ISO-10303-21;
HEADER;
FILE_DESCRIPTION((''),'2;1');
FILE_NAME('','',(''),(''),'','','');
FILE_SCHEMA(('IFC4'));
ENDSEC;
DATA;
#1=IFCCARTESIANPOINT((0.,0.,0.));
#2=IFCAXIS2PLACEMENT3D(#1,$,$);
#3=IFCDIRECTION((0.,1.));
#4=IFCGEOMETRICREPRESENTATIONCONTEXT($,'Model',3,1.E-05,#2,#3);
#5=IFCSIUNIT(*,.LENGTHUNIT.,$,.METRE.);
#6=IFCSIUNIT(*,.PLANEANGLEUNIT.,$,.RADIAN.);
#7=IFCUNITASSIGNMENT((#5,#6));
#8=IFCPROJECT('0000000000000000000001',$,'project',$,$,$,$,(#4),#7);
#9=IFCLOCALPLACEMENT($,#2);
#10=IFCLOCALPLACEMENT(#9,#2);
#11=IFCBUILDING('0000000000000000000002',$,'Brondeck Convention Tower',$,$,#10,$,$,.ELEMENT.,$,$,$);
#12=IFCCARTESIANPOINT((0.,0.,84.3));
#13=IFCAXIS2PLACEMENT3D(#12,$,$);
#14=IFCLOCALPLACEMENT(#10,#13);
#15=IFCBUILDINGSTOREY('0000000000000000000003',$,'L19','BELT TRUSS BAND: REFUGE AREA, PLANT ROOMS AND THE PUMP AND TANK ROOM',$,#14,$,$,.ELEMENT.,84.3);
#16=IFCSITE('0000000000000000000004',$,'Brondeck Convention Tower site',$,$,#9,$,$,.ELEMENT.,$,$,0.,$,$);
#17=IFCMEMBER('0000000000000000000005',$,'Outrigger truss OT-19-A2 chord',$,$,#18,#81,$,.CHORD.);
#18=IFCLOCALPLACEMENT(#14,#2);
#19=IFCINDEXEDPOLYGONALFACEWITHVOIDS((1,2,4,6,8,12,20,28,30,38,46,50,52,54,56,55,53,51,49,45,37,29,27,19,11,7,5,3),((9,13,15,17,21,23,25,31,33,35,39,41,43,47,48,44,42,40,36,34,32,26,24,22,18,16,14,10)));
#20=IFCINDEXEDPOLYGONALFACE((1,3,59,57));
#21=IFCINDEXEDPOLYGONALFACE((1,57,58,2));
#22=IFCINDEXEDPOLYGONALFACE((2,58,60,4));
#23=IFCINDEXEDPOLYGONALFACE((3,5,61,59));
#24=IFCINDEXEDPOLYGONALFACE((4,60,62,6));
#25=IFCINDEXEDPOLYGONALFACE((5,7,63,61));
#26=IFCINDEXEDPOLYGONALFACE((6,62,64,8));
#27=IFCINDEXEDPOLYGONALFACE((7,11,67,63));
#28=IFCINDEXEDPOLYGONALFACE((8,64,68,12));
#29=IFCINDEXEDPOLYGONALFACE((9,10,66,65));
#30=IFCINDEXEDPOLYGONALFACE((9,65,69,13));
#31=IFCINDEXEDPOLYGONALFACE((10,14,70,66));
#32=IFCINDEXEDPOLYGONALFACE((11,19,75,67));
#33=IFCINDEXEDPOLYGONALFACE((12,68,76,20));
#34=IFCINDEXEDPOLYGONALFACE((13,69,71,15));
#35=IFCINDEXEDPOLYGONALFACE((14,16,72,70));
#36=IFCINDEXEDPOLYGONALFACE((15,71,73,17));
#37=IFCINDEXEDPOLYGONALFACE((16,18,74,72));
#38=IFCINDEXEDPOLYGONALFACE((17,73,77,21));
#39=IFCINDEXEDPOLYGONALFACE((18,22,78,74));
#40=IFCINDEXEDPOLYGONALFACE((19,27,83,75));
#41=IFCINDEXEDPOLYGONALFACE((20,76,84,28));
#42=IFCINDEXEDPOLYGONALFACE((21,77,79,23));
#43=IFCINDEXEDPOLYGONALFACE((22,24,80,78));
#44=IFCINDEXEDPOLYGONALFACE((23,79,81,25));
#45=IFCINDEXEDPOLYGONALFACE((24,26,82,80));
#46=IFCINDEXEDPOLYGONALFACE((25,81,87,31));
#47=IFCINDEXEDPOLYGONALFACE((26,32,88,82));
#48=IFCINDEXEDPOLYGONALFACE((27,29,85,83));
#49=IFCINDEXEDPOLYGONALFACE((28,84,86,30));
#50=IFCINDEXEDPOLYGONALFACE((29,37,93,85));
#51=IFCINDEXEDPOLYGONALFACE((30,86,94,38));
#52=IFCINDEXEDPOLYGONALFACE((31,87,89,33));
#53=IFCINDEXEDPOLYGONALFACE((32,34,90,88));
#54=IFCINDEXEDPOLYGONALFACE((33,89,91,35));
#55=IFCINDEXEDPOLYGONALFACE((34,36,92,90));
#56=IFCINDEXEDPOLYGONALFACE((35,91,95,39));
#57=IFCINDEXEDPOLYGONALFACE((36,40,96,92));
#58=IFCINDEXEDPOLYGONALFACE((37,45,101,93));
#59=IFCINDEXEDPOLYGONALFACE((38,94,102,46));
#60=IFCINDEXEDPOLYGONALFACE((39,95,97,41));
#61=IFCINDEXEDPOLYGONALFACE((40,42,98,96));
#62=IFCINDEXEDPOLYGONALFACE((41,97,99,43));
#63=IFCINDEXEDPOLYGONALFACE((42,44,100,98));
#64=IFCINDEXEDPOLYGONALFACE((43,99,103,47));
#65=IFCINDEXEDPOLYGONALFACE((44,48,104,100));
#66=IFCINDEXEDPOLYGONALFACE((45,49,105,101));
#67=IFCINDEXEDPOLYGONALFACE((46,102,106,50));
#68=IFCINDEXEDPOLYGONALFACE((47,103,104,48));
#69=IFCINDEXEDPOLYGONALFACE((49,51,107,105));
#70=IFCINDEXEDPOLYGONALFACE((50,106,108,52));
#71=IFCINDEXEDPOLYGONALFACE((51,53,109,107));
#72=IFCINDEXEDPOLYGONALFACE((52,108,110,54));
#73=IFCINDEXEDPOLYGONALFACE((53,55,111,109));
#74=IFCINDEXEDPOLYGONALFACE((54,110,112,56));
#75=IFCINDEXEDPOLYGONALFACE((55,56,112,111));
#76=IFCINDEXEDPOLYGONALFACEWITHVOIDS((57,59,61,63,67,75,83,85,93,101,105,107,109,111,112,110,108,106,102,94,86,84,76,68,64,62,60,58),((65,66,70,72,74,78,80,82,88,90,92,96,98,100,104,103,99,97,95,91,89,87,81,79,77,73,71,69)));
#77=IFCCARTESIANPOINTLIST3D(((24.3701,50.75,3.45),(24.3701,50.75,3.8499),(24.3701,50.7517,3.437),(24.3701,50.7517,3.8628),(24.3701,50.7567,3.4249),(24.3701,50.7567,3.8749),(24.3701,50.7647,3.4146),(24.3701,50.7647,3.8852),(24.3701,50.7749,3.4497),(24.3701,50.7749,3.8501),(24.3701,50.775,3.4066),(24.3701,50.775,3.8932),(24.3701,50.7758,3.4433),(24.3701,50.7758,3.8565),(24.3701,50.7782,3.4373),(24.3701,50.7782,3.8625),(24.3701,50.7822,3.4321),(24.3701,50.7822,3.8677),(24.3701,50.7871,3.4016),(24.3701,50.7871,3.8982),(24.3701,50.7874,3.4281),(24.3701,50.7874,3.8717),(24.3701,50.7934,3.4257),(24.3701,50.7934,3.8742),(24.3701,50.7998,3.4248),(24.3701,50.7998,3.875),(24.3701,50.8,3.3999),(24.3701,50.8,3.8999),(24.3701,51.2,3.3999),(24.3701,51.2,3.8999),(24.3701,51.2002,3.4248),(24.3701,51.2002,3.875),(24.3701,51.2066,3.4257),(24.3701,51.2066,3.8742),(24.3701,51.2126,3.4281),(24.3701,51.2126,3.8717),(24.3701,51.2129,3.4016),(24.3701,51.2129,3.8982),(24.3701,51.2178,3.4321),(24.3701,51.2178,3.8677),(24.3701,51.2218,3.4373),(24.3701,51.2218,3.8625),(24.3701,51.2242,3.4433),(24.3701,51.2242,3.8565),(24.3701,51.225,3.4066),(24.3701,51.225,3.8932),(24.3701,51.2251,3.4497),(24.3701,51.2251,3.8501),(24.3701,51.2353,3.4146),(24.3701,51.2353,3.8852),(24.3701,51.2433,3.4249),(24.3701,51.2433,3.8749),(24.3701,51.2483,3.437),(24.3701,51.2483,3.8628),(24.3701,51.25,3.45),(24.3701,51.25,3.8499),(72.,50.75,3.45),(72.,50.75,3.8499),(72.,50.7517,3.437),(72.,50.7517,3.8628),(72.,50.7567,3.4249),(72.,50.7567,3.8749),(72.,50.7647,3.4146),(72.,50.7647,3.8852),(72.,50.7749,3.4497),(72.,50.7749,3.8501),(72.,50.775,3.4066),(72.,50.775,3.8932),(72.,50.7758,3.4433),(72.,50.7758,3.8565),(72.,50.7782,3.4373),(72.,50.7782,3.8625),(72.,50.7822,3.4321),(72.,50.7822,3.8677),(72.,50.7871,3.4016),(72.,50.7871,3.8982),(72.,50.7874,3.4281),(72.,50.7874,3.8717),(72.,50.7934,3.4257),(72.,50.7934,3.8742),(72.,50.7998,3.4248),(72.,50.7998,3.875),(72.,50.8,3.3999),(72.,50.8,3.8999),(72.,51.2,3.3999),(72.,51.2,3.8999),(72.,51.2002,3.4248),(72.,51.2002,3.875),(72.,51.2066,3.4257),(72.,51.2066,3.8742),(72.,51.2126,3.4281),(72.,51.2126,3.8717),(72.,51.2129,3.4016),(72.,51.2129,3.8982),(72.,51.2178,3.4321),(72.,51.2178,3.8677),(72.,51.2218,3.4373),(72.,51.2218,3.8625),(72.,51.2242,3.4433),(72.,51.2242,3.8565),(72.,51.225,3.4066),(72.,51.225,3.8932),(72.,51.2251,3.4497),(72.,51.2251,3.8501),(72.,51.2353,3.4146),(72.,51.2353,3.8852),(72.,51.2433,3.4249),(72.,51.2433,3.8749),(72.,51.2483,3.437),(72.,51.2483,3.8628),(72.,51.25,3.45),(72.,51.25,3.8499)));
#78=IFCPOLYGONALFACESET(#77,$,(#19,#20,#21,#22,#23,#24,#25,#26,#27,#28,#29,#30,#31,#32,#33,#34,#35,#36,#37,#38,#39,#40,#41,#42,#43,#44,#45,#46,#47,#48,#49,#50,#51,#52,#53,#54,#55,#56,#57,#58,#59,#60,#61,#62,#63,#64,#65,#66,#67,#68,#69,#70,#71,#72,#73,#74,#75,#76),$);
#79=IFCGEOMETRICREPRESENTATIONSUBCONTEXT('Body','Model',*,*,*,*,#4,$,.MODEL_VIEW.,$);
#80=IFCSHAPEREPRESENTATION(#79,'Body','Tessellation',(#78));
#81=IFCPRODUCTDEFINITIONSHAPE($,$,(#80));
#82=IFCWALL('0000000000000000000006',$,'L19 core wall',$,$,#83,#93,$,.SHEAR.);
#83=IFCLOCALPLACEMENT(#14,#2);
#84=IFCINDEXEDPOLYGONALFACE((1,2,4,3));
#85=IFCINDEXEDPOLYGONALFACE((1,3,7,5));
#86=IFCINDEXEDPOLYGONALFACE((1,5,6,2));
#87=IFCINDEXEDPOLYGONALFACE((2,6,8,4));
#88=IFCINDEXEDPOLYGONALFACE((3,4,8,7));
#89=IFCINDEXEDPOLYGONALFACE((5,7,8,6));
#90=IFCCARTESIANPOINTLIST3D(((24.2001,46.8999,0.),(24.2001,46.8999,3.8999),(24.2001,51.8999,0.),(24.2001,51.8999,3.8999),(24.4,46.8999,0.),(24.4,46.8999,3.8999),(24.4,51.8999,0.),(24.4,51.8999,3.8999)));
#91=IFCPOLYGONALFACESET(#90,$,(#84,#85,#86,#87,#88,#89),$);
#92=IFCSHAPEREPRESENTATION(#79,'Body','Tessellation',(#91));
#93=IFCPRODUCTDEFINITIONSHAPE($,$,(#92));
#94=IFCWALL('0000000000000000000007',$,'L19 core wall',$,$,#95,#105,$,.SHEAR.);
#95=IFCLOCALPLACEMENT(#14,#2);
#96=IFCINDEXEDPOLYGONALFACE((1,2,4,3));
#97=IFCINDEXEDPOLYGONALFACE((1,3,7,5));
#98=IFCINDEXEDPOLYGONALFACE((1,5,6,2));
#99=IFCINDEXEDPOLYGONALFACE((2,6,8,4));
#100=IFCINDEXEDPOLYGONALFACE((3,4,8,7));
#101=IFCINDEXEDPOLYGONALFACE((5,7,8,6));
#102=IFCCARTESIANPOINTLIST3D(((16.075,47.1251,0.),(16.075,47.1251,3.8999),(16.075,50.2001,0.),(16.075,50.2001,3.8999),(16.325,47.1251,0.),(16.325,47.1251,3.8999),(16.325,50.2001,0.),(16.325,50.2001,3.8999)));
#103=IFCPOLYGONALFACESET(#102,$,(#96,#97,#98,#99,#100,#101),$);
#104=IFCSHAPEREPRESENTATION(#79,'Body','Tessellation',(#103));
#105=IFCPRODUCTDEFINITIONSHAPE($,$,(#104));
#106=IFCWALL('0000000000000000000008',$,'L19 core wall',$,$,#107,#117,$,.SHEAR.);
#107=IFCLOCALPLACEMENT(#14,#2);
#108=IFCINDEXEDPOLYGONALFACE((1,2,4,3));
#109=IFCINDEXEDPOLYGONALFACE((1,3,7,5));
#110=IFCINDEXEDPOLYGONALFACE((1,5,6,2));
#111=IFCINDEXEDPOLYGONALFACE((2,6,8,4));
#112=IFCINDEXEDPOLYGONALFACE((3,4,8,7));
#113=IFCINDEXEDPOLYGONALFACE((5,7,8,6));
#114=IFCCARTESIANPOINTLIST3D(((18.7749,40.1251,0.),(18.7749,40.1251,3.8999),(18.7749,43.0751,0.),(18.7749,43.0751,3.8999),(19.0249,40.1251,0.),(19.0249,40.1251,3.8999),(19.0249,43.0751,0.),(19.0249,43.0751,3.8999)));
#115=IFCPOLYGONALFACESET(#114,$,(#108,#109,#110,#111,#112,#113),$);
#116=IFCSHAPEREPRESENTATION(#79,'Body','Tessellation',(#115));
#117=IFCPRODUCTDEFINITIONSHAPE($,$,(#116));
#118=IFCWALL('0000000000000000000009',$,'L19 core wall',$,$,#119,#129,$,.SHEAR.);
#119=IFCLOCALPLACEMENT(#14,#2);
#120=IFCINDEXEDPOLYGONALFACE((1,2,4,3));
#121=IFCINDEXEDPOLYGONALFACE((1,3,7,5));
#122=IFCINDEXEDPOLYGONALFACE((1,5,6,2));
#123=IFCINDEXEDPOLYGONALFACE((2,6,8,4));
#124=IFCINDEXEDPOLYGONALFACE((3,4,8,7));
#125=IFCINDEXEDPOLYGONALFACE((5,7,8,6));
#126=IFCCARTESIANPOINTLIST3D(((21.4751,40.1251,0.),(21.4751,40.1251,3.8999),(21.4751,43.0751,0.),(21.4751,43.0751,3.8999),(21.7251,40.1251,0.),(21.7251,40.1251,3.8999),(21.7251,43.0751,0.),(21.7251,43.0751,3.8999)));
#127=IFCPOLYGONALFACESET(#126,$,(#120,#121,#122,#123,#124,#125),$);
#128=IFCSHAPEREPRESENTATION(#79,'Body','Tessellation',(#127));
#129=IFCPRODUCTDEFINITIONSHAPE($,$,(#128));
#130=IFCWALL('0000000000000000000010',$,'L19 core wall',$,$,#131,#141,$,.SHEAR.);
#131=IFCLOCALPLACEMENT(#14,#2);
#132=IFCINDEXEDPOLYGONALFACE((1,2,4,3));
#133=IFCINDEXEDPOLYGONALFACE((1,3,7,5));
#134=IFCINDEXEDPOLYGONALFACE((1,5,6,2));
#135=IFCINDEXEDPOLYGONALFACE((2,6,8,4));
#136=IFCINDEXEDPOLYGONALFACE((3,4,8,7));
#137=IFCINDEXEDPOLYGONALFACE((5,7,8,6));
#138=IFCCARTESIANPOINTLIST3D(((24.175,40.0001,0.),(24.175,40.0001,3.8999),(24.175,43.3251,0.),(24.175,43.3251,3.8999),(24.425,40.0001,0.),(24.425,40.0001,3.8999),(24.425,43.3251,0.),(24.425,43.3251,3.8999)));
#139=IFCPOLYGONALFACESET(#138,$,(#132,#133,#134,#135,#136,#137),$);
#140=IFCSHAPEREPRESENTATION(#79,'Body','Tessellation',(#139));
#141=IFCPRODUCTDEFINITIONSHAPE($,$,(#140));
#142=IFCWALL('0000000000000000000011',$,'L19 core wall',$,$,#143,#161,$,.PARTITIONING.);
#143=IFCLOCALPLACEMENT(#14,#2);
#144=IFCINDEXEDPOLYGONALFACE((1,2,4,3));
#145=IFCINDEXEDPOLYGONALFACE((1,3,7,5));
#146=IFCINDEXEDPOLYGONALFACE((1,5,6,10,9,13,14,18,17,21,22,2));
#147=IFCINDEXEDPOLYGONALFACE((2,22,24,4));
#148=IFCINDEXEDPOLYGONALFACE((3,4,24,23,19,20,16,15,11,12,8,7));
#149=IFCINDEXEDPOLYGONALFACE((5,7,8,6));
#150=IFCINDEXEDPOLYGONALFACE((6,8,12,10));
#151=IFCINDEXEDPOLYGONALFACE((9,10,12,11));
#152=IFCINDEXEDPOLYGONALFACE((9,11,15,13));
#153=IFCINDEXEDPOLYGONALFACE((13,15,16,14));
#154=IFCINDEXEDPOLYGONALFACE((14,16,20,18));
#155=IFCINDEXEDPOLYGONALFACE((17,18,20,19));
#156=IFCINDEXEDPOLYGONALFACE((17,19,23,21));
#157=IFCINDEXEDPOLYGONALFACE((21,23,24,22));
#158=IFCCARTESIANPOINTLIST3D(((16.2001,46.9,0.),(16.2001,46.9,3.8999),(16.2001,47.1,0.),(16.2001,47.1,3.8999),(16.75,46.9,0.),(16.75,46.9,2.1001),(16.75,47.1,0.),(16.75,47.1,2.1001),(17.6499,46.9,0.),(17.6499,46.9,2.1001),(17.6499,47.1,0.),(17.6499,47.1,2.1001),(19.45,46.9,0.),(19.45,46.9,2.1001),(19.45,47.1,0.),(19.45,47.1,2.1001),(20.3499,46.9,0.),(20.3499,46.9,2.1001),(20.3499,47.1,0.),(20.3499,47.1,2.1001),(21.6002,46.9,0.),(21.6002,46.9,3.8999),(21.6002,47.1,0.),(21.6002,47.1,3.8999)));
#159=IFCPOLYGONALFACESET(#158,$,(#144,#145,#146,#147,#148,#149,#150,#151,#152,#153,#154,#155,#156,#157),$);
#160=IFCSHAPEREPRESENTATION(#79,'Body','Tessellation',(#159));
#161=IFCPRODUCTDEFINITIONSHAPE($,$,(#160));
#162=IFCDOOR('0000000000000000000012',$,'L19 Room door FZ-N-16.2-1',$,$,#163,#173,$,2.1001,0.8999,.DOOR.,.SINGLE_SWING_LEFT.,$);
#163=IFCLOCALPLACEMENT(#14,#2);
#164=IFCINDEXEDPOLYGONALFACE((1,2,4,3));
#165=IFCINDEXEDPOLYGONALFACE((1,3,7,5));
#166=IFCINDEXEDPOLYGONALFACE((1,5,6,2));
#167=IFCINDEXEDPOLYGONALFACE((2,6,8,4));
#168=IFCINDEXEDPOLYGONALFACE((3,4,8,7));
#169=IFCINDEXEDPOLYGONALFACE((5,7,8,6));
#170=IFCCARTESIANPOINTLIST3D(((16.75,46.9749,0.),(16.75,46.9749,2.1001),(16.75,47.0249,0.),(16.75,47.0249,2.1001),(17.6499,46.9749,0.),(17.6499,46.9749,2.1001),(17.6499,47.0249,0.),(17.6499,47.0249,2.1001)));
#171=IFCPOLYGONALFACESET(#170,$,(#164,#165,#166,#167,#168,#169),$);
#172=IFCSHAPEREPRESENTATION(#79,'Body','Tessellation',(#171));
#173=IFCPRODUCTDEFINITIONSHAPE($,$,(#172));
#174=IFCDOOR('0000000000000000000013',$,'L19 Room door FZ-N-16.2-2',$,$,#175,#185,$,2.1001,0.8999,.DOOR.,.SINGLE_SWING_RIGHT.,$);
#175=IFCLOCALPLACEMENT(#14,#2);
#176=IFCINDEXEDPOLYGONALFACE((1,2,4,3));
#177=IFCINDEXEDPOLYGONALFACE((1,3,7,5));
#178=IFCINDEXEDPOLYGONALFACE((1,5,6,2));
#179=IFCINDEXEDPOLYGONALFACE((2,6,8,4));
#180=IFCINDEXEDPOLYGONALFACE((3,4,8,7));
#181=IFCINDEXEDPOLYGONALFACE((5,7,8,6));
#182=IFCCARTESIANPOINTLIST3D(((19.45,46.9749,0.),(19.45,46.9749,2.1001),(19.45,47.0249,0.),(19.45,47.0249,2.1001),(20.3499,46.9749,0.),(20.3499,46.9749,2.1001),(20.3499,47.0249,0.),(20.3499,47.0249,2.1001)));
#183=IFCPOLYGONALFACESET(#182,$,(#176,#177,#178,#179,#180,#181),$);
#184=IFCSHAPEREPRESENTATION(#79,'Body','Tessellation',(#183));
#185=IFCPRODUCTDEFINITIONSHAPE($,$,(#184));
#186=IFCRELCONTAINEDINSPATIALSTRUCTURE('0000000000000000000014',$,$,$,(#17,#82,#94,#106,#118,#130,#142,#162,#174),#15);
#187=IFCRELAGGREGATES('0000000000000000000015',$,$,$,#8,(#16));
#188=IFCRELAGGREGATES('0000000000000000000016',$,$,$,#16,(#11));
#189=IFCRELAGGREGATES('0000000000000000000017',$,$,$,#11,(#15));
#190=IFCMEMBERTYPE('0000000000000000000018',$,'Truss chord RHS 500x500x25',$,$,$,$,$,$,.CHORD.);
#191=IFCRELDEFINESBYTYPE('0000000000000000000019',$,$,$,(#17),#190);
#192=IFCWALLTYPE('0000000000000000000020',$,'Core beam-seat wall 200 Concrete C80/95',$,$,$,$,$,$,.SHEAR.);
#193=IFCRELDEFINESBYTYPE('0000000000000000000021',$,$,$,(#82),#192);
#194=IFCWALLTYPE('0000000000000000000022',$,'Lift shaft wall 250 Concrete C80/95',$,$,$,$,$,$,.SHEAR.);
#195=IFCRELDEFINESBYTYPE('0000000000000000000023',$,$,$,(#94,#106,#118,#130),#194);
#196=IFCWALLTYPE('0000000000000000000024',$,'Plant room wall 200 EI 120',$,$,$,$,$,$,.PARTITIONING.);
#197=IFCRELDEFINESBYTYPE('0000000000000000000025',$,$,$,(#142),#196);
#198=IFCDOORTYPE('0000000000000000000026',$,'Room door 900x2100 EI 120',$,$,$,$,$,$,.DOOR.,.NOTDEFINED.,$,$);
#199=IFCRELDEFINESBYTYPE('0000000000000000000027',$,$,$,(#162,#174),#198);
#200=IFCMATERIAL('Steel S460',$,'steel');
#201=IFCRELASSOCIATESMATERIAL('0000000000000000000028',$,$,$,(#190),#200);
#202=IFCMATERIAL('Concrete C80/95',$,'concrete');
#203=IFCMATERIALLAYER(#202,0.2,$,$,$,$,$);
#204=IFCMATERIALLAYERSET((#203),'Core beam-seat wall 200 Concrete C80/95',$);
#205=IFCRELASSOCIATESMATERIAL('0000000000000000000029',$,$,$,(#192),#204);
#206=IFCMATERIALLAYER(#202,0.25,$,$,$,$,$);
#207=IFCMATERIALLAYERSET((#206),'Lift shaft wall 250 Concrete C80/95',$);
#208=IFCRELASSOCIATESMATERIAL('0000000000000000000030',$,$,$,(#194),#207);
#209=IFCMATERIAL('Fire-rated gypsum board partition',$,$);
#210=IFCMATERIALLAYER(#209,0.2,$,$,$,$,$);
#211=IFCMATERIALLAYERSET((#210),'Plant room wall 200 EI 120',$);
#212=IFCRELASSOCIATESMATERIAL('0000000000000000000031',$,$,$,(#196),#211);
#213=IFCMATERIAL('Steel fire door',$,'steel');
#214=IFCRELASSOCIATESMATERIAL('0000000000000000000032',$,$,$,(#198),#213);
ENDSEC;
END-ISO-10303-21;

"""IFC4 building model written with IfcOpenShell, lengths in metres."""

from ifc_helpers import new_model, si_unit, direction, frame, frame_2d, origin, origin_2d, place, context, subcontext, project, spatial, rectangle, hollow_rectangle, extrude, material, layer, layer_set, material_profile, profile_set, type_object, element, fill, save


model = new_model("IFC4")

# Units and contexts
model_context = context("Model", 3, precision=1e-05, world=origin(), true_north=direction((0.0, 1.0)))
body_context = subcontext(model_context, "Body", "Model", "MODEL_VIEW")
ifc_project = project(units=[si_unit("LENGTHUNIT", "METRE"), si_unit("PLANEANGLEUNIT", "RADIAN")], contexts=[model_context])

# Site, building, storey
site_placement = place(None, origin())
site = spatial("IfcSite", under=ifc_project, at=site_placement, Name="Brondeck Convention Tower site", CompositionType="ELEMENT", RefElevation=0.0)
building_placement = place(site_placement, origin())
building = spatial("IfcBuilding", under=site, at=building_placement, Name="Brondeck Convention Tower", CompositionType="ELEMENT")
storey_placement = place(building_placement, frame((0.0, 0.0, 84.3)))
storey = spatial("IfcBuildingStorey", under=building, at=storey_placement, Name="L19", Description="BELT TRUSS BAND: REFUGE AREA, PLANT ROOMS AND THE PUMP AND TANK ROOM", CompositionType="ELEMENT", Elevation=84.3)

# Member
ifc_material_1 = material(Name="Steel S460", Category="steel")
ifc_material_profile = material_profile(ifc_material_1, hollow_rectangle(XDim=0.5, YDim=0.5, WallThickness=0.0249, InnerFilletRadius=0.0249, OuterFilletRadius=0.05, at=origin_2d()), Name="RHS 500x500x25")
ifc_profile_set = profile_set([ifc_material_profile], Name="Steel S460")
member_type = type_object("IfcMemberType", Name="Truss chord RHS 500x500x25", PredefinedType="CHORD", material=ifc_profile_set)
member_placement = place(storey_placement, frame((24.3701, 51.0, 3.6499), z_axis=(1.0, 0.0, 0.0), x_axis=(0.0, 1.0, 0.0)))
element("IfcMember", 1, at=member_placement, inside=storey, type_object=member_type, Name="Outrigger truss OT-19-A2 chord", PredefinedType="CHORD", context=body_context, shape_type="SweptSolid", body=[
    extrude(hollow_rectangle(XDim=0.5, YDim=0.5, WallThickness=0.0249, InnerFilletRadius=0.0249, OuterFilletRadius=0.05, at=origin_2d()), origin(), (0.0, 0.0, 1.0), 47.6299),
])

# Walls
ifc_material_2 = material(Name="Concrete C80/95", Category="concrete")
ifc_layer_1 = layer(ifc_material_2, 0.2)
ifc_layer_set_1 = layer_set([ifc_layer_1], Name="Core beam-seat wall 200 Concrete C80/95")
wall_type_1 = type_object("IfcWallType", Name="Core beam-seat wall 200 Concrete C80/95", PredefinedType="SHEAR", material=ifc_layer_set_1)
wall_1_placement = place(storey_placement, frame((24.3, 46.8999, 0.0), z_axis=(0.0, 0.0, 1.0), x_axis=(0.0, 1.0, 0.0)))
element("IfcWall", 2, at=wall_1_placement, inside=storey, type_object=wall_type_1, Name="L19 core wall", PredefinedType="SHEAR", context=body_context, shape_type="SweptSolid", body=[
    extrude(rectangle(XDim=5.0, YDim=0.2, at=frame_2d((2.5, 0.0))), origin(), (0.0, 0.0, 1.0), 3.8999),
])
ifc_layer_2 = layer(ifc_material_2, 0.25)
ifc_layer_set_2 = layer_set([ifc_layer_2], Name="Lift shaft wall 250 Concrete C80/95")
wall_type_2 = type_object("IfcWallType", Name="Lift shaft wall 250 Concrete C80/95", PredefinedType="SHEAR", material=ifc_layer_set_2)
wall_2_placement = place(storey_placement, frame((16.2, 47.125, 0.0), z_axis=(0.0, 0.0, 1.0), x_axis=(0.0, 1.0, 0.0)))
element("IfcWall", 3, at=wall_2_placement, inside=storey, type_object=wall_type_2, Name="L19 core wall", PredefinedType="SHEAR", context=body_context, shape_type="SweptSolid", body=[
    extrude(rectangle(XDim=3.075, YDim=0.25, at=frame_2d((1.5376, 0.0))), origin(), (0.0, 0.0, 1.0), 3.8999),
])
for number, where, z_axis, x_axis, name in (
    (4, (18.8999, 40.125, 0.0), (0.0, 0.0, 1.0), (0.0, 1.0, 0.0), "L19 core wall"),
    (5, (21.6001, 40.125, 0.0), (0.0, 0.0, 1.0), (0.0, 1.0, 0.0), "L19 core wall"),
):
    element("IfcWall", number, at=place(storey_placement, frame(where, z_axis=z_axis, x_axis=x_axis)), inside=storey, type_object=wall_type_2, Name=name, PredefinedType="SHEAR", context=body_context, shape_type="SweptSolid", body=[
        extrude(rectangle(XDim=2.95, YDim=0.25, at=frame_2d((1.4751, 0.0))), origin(), (0.0, 0.0, 1.0), 3.8999),
    ])
wall_3_placement = place(storey_placement, frame((24.3, 40.0, 0.0), z_axis=(0.0, 0.0, 1.0), x_axis=(0.0, 1.0, 0.0)))
element("IfcWall", 6, at=wall_3_placement, inside=storey, type_object=wall_type_2, Name="L19 core wall", PredefinedType="SHEAR", context=body_context, shape_type="SweptSolid", body=[
    extrude(rectangle(XDim=3.325, YDim=0.25, at=frame_2d((1.6626, 0.0))), origin(), (0.0, 0.0, 1.0), 3.8999),
])

# Wall, openings, doors
ifc_material_3 = material(Name="Fire-rated gypsum board partition")
ifc_layer_3 = layer(ifc_material_3, 0.2)
ifc_layer_set_3 = layer_set([ifc_layer_3], Name="Plant room wall 200 EI 120")
wall_type_3 = type_object("IfcWallType", Name="Plant room wall 200 EI 120", PredefinedType="PARTITIONING", material=ifc_layer_set_3)
wall_4_placement = place(storey_placement, frame((16.2, 47.0, 0.0), z_axis=(0.0, 0.0, 1.0), x_axis=(1.0, 0.0, 0.0)))
wall_4 = element("IfcWall", 7, at=wall_4_placement, inside=storey, type_object=wall_type_3, Name="L19 core wall", PredefinedType="PARTITIONING", context=body_context, shape_type="SweptSolid", body=[
    extrude(rectangle(XDim=5.4001, YDim=0.2, at=frame_2d((2.7002, 0.0))), origin(), (0.0, 0.0, 1.0), 3.8999),
])
opening_1_placement = place(wall_4_placement, frame((0.55, 0.0, 0.0)))
opening_1 = element("IfcOpeningElement", 8, at=opening_1_placement, cuts=wall_4, PredefinedType="OPENING", context=body_context, shape_type="SweptSolid", body=[
    extrude(rectangle(XDim=0.8999, YDim=2.1001, at=frame_2d((0.45, 1.05))), frame((0.0, 0.1099, 0.0), z_axis=(0.0, -1.0, 0.0), x_axis=(1.0, 0.0, 0.0)), (0.0, 0.0, 1.0), 0.22),
])
opening_2_placement = place(wall_4_placement, frame((3.25, 0.0, 0.0)))
opening_2 = element("IfcOpeningElement", 9, at=opening_2_placement, cuts=wall_4, PredefinedType="OPENING", context=body_context, shape_type="SweptSolid", body=[
    extrude(rectangle(XDim=0.8999, YDim=2.1001, at=frame_2d((0.45, 1.05))), frame((0.0, 0.1099, 0.0), z_axis=(0.0, -1.0, 0.0), x_axis=(1.0, 0.0, 0.0)), (0.0, 0.0, 1.0), 0.22),
])
ifc_material_4 = material(Name="Steel fire door", Category="steel")
door_type_1 = type_object("IfcDoorType", Name="Room door 900x2100 EI 120", OperationType="NOTDEFINED", PredefinedType="DOOR", material=ifc_material_4)
door_1_placement = place(opening_1_placement, origin())
door_1 = element("IfcDoor", 10, at=door_1_placement, inside=storey, type_object=door_type_1, Name="L19 Room door FZ-N-16.2-1", OperationType="SINGLE_SWING_LEFT", OverallHeight=2.1001, OverallWidth=0.8999, PredefinedType="DOOR", context=body_context, shape_type="SweptSolid", body=[
    extrude(rectangle(XDim=0.8999, YDim=2.1001, at=frame_2d((0.45, 1.05))), frame((0.0, 0.0249, 0.0), z_axis=(0.0, -1.0, 0.0), x_axis=(1.0, 0.0, 0.0)), (0.0, 0.0, 1.0), 0.05),
])
fill(opening_1, door_1)
door_2_placement = place(opening_2_placement, origin())
door_2 = element("IfcDoor", 11, at=door_2_placement, inside=storey, type_object=door_type_1, Name="L19 Room door FZ-N-16.2-2", OperationType="SINGLE_SWING_RIGHT", OverallHeight=2.1001, OverallWidth=0.8999, PredefinedType="DOOR", context=body_context, shape_type="SweptSolid", body=[
    extrude(rectangle(XDim=0.8999, YDim=2.1001, at=frame_2d((0.45, 1.05))), frame((0.0, 0.0249, 0.0), z_axis=(0.0, -1.0, 0.0), x_axis=(1.0, 0.0, 0.0)), (0.0, 0.0, 1.0), 0.05),
])
fill(opening_2, door_2)

save(model, "model.ifc")
